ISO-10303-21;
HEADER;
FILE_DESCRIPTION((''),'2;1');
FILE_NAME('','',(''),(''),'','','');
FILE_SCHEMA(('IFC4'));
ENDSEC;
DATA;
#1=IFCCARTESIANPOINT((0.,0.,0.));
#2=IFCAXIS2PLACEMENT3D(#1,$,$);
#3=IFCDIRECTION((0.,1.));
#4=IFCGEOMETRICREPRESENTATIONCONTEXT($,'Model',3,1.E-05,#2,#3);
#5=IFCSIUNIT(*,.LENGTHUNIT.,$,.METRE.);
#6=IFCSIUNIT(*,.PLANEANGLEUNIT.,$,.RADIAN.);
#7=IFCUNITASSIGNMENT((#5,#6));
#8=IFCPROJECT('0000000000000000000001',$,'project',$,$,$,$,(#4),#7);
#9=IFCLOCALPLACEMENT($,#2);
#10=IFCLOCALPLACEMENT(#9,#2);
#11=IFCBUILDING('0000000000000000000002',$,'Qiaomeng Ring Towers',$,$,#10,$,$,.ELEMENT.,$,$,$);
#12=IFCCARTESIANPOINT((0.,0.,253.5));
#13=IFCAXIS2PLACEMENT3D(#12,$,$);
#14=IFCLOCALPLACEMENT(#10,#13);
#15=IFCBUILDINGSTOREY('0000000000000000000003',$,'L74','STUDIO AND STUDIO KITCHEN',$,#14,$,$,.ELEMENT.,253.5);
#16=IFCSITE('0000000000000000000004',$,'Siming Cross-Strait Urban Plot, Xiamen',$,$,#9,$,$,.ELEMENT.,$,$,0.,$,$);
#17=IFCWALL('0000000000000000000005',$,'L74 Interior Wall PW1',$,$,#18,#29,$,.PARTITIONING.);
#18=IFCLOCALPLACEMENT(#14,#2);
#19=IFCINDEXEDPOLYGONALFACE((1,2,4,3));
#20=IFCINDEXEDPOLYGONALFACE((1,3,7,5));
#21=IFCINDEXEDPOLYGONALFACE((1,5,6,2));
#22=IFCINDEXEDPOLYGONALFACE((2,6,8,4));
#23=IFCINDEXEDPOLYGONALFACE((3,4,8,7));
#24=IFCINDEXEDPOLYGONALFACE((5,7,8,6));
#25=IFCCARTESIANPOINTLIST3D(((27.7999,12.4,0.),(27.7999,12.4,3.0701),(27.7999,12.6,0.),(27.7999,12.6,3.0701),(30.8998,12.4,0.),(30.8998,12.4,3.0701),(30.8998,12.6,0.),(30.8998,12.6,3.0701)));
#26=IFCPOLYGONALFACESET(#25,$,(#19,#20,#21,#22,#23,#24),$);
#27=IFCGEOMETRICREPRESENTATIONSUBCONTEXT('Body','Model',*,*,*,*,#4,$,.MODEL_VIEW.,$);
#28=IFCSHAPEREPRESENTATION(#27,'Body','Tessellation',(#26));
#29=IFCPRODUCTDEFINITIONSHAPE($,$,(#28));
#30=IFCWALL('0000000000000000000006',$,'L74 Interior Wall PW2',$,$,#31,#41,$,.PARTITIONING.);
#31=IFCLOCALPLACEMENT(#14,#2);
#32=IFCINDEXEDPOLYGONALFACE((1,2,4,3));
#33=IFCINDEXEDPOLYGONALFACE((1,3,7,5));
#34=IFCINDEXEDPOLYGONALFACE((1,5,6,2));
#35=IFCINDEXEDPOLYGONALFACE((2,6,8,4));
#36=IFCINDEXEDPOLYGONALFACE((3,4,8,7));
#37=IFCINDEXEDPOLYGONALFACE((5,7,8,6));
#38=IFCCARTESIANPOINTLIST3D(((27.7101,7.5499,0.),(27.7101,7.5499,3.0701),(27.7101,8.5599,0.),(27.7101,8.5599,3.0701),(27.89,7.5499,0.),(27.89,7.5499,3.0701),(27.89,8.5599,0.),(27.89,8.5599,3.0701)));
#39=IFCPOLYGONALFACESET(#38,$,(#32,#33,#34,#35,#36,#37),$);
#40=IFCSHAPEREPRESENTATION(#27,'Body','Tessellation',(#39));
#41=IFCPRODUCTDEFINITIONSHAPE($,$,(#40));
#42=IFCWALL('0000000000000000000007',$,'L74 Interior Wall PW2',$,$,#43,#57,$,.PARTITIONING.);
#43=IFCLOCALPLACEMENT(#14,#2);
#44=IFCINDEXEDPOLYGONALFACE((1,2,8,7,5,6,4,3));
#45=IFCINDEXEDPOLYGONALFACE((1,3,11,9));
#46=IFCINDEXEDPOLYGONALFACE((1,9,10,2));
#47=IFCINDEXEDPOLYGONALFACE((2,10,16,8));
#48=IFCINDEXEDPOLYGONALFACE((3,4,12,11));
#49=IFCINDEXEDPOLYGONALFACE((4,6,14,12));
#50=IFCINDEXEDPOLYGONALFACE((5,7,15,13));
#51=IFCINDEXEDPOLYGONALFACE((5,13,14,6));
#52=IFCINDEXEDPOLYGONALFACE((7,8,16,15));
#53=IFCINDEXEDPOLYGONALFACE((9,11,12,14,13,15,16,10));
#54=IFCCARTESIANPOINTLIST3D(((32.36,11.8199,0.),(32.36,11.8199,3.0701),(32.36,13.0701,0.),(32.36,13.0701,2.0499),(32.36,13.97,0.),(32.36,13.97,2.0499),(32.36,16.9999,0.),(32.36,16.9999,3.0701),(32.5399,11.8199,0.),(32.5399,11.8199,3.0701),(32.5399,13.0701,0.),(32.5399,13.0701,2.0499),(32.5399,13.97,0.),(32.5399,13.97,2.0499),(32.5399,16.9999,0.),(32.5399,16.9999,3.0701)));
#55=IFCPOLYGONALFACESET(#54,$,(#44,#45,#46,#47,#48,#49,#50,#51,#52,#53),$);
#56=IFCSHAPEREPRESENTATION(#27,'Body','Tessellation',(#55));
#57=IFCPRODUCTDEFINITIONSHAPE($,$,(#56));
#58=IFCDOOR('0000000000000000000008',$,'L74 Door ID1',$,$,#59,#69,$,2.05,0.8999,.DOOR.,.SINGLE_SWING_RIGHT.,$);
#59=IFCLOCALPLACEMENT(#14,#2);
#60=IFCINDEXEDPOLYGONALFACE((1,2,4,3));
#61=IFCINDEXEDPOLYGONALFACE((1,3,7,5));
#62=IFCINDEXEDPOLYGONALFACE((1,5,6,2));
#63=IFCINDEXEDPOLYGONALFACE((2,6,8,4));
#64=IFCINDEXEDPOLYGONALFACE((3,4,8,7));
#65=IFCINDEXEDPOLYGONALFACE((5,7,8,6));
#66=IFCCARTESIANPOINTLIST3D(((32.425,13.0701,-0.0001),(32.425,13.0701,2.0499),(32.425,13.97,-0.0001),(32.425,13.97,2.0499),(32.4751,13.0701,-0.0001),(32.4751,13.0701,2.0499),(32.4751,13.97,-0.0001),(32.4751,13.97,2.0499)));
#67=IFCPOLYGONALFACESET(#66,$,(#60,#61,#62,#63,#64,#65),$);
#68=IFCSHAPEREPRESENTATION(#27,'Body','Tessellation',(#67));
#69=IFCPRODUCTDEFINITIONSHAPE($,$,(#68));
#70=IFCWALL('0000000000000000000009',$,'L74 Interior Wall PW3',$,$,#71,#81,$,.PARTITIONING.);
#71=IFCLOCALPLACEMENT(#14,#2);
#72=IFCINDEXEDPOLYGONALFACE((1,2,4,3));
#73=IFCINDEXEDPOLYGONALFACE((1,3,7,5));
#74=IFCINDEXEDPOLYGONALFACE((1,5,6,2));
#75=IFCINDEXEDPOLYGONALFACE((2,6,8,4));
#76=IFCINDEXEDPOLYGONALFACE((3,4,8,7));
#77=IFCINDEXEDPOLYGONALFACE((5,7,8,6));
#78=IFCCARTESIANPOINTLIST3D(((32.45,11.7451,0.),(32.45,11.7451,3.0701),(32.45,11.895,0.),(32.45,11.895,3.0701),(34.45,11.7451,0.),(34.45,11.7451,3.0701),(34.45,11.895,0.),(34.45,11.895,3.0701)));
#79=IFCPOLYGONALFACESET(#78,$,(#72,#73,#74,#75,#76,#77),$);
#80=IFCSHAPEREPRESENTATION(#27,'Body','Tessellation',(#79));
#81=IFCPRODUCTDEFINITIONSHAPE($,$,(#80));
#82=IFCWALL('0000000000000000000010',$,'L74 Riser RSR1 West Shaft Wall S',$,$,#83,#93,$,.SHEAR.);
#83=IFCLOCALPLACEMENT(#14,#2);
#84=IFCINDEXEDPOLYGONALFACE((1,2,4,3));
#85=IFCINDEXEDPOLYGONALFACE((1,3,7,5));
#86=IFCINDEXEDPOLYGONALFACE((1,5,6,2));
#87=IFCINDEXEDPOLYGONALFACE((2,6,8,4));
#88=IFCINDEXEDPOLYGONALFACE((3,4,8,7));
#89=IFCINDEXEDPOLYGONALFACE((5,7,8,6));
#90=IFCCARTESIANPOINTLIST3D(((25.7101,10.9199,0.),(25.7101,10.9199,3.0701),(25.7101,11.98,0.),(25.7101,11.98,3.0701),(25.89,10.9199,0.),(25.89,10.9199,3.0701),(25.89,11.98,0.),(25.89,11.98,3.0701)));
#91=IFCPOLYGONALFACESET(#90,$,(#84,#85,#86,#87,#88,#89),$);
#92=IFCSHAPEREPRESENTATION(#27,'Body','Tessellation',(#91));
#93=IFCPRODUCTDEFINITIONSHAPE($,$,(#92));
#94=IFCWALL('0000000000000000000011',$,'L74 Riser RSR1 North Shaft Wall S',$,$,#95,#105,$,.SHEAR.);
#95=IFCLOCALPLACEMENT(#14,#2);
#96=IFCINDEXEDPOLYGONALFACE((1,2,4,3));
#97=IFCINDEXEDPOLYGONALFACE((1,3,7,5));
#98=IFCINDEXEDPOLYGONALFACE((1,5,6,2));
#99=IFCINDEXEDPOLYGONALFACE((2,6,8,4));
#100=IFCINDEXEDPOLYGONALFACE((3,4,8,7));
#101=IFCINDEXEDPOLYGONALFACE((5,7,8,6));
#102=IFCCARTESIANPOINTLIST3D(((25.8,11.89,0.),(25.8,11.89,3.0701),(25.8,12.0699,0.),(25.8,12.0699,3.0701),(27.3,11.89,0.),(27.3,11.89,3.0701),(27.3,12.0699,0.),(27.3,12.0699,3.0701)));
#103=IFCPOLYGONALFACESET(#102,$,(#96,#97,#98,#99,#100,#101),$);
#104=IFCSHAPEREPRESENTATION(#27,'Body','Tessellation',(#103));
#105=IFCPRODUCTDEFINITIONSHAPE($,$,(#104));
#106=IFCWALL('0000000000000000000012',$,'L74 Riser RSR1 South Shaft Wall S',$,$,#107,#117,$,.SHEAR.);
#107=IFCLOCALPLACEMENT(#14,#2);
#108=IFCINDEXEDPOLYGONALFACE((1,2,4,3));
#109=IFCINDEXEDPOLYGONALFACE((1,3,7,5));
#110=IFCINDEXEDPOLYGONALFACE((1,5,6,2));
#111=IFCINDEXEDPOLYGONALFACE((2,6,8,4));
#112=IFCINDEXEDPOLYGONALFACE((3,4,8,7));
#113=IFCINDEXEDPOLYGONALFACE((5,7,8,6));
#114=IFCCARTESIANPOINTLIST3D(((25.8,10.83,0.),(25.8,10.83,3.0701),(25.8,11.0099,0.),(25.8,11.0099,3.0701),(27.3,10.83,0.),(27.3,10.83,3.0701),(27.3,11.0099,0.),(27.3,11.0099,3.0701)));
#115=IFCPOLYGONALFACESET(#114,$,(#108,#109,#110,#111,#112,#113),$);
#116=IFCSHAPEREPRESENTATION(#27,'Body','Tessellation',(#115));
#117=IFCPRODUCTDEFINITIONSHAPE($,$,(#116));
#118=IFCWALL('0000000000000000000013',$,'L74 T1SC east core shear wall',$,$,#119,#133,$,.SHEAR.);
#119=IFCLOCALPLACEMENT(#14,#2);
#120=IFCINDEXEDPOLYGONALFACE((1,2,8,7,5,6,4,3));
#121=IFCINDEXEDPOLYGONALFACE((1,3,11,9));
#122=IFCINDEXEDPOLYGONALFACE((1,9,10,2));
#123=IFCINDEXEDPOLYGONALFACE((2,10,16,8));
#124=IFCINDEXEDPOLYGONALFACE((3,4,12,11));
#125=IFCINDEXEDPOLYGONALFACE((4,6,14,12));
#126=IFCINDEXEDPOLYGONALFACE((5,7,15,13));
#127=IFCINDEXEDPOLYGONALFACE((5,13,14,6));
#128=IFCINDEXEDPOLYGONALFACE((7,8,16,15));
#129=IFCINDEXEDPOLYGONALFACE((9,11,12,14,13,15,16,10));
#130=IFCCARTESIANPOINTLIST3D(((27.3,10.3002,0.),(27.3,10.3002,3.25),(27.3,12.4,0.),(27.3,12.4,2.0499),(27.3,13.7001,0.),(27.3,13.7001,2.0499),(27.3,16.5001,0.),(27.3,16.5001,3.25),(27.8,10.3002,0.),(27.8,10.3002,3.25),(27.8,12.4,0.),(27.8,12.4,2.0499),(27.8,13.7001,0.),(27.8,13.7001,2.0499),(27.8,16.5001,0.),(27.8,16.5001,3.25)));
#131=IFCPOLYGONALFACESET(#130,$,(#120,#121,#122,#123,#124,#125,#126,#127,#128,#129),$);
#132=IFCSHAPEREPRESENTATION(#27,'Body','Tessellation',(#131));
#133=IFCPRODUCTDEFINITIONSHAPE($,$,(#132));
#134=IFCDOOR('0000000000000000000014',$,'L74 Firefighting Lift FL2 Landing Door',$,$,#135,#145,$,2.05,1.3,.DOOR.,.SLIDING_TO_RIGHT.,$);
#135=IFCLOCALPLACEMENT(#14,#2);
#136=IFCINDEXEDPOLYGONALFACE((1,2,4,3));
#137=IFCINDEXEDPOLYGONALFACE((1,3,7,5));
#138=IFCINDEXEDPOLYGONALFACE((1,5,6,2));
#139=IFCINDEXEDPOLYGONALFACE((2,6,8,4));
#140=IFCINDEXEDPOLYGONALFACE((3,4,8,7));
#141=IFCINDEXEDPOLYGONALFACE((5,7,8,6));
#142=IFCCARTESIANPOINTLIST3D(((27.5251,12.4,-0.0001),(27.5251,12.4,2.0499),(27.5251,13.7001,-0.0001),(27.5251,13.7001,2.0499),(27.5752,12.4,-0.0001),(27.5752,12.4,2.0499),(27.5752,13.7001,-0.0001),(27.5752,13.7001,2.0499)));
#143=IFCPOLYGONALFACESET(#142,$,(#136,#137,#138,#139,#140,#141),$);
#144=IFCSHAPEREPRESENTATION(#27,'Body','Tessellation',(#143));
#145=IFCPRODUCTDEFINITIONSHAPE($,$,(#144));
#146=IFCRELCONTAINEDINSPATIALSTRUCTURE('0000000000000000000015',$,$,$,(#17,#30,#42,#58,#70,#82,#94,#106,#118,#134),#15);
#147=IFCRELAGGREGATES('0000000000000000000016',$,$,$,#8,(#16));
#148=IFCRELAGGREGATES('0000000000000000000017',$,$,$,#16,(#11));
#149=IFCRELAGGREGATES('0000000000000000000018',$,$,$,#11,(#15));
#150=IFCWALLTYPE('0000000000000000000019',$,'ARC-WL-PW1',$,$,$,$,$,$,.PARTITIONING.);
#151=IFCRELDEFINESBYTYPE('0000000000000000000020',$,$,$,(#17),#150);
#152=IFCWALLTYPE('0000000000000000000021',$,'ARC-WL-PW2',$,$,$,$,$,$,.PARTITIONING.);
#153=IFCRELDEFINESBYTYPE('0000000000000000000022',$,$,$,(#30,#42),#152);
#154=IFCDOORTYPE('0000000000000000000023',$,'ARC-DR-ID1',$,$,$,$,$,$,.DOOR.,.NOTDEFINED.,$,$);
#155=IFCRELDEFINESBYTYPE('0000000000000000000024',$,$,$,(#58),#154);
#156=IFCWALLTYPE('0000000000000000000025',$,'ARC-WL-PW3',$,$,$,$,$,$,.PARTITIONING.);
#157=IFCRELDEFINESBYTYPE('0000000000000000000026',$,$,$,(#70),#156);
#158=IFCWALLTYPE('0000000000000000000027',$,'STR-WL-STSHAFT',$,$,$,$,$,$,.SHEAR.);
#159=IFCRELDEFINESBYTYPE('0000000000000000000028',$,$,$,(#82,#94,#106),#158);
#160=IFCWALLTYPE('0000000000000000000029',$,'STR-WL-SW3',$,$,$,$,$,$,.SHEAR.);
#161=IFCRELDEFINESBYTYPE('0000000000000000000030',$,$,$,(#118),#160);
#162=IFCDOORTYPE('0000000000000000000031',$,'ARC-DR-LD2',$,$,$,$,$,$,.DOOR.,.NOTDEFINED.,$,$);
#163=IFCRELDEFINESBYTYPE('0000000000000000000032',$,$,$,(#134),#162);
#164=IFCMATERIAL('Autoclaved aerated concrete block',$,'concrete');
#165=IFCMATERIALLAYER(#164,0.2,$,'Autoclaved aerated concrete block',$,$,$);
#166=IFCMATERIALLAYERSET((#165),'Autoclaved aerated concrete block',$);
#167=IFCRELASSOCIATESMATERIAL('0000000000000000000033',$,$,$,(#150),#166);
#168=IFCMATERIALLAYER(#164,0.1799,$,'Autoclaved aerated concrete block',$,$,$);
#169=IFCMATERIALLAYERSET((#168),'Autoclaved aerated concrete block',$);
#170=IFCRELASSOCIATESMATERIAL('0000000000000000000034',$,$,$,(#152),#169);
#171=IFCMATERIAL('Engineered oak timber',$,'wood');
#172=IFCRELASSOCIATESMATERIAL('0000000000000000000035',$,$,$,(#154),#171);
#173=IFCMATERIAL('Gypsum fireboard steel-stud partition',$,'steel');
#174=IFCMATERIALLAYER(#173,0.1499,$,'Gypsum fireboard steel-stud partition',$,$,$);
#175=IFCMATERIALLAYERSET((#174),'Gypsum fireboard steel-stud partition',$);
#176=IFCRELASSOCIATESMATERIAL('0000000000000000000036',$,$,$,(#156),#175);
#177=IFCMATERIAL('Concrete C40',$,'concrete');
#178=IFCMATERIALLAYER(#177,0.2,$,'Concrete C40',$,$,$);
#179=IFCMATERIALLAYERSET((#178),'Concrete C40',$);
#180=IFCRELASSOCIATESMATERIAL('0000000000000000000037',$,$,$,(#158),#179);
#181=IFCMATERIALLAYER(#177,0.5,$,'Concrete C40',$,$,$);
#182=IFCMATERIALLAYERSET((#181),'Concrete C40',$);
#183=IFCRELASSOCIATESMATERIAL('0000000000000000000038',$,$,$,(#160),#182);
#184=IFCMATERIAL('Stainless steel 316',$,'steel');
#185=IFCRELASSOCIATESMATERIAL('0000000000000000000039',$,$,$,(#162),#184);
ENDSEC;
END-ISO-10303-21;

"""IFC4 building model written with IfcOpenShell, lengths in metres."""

from ifc_helpers import new_model, si_unit, direction, frame, frame_2d, origin, place, context, subcontext, project, spatial, rectangle, extrude, source, transform, mapped, material, layer, layer_set, type_object, element, fill, save


model = new_model("IFC4")

# Units and contexts
model_context = context("Model", 3, precision=1e-05, world=origin(), true_north=direction((0.0, 1.0)))
body_context = subcontext(model_context, "Body", "Model", "MODEL_VIEW")
ifc_project = project(units=[si_unit("LENGTHUNIT", "METRE"), si_unit("PLANEANGLEUNIT", "RADIAN")], contexts=[model_context])

# Site, building, storey
site_placement = place(None, origin())
site = spatial("IfcSite", under=ifc_project, at=site_placement, Name="Siming Cross-Strait Urban Plot, Xiamen", CompositionType="ELEMENT", RefElevation=0.0)
building_placement = place(site_placement, origin())
building = spatial("IfcBuilding", under=site, at=building_placement, Name="Qiaomeng Ring Towers", CompositionType="ELEMENT")
storey_placement = place(building_placement, frame((0.0, 0.0, 253.5)))
storey = spatial("IfcBuildingStorey", under=building, at=storey_placement, Name="L74", Description="STUDIO AND STUDIO KITCHEN", CompositionType="ELEMENT", Elevation=253.5)

# Shared definitions
ifc_material_1 = material(Name="Concrete C40", Category="concrete")

# Walls
ifc_material_2 = material(Name="Autoclaved aerated concrete block", Category="concrete")
ifc_layer_1 = layer(ifc_material_2, 0.2, Name="Autoclaved aerated concrete block")
ifc_layer_set_1 = layer_set([ifc_layer_1], Name="Autoclaved aerated concrete block")
wall_type_1 = type_object("IfcWallType", Name="ARC-WL-PW1", PredefinedType="PARTITIONING", material=ifc_layer_set_1)
wall_1_placement = place(storey_placement, frame((27.8, 12.5, 0.0), z_axis=(0.0, 0.0, 1.0), x_axis=(1.0, 0.0, 0.0)))
element("IfcWall", 1, at=wall_1_placement, inside=storey, type_object=wall_type_1, Name="L74 Interior Wall PW1", PredefinedType="PARTITIONING", context=body_context, shape_type="SweptSolid", body=[
    extrude(rectangle(XDim=3.0999, YDim=0.2, at=frame_2d((1.5498, 0.0))), origin(), (0.0, 0.0, 1.0), 3.0701),
])
ifc_layer_2 = layer(ifc_material_2, 0.1799, Name="Autoclaved aerated concrete block")
ifc_layer_set_2 = layer_set([ifc_layer_2], Name="Autoclaved aerated concrete block")
wall_type_2 = type_object("IfcWallType", Name="ARC-WL-PW2", PredefinedType="PARTITIONING", material=ifc_layer_set_2)
wall_2_placement = place(storey_placement, frame((27.8, 7.55, 0.0), z_axis=(0.0, 0.0, 1.0), x_axis=(0.0, 1.0, 0.0)))
element("IfcWall", 2, at=wall_2_placement, inside=storey, type_object=wall_type_2, Name="L74 Interior Wall PW2", PredefinedType="PARTITIONING", context=body_context, shape_type="SweptSolid", body=[
    extrude(rectangle(XDim=1.01, YDim=0.1799, at=frame_2d((0.5049, 0.0))), origin(), (0.0, 0.0, 1.0), 3.0701),
])

# Wall, opening, door
wall_3_placement = place(storey_placement, frame((32.45, 11.8201, 0.0), z_axis=(0.0, 0.0, 1.0), x_axis=(0.0, 1.0, 0.0)))
wall_3 = element("IfcWall", 3, at=wall_3_placement, inside=storey, type_object=wall_type_2, Name="L74 Interior Wall PW2", PredefinedType="PARTITIONING", context=body_context, shape_type="SweptSolid", body=[
    extrude(rectangle(XDim=5.1799, YDim=0.1799, at=frame_2d((2.5898, 0.0))), origin(), (0.0, 0.0, 1.0), 3.0701),
])
opening_1_placement = place(wall_3_placement, frame((1.25, 0.0, 0.0)))
opening_1 = element("IfcOpeningElement", 4, at=opening_1_placement, cuts=wall_3, PredefinedType="OPENING", context=body_context, shape_type="SweptSolid", body=[
    extrude(rectangle(XDim=0.8999, YDim=2.05, at=frame_2d((0.45, 1.0249))), frame((0.0, 0.0999, 0.0), z_axis=(0.0, -1.0, 0.0), x_axis=(1.0, 0.0, 0.0)), (0.0, 0.0, 1.0), 0.2),
])
ifc_material_3 = material(Name="Engineered oak timber", Category="wood")
door_type_1 = type_object("IfcDoorType", Name="ARC-DR-ID1", OperationType="NOTDEFINED", PredefinedType="DOOR", material=ifc_material_3)
shared_shape_1 = source(origin(), body_context, "Body", "SweptSolid", [
    extrude(rectangle(XDim=0.8999, YDim=2.05, at=frame_2d((0.45, 1.0249))), frame((0.0, 0.0249, 0.0), z_axis=(0.0, -1.0, 0.0), x_axis=(1.0, 0.0, 0.0)), (0.0, 0.0, 1.0), 0.05),
])
door_1_placement = place(opening_1_placement, origin())
door_1 = element("IfcDoor", 5, at=door_1_placement, inside=storey, type_object=door_type_1, Name="L74 Door ID1", OperationType="SINGLE_SWING_RIGHT", OverallHeight=2.05, OverallWidth=0.8999, PredefinedType="DOOR", context=body_context, shape_type="MappedRepresentation", body=[
    mapped(shared_shape_1, transform((0.0, 0.0, 0.0), x_axis=(1.0, 0.0, 0.0), y_axis=(0.0, 1.0, 0.0), z_axis=(0.0, 0.0, 1.0), scale=1.0)),
])
fill(opening_1, door_1)

# Walls
ifc_material_4 = material(Name="Gypsum fireboard steel-stud partition", Category="steel")
ifc_layer_3 = layer(ifc_material_4, 0.1499, Name="Gypsum fireboard steel-stud partition")
ifc_layer_set_3 = layer_set([ifc_layer_3], Name="Gypsum fireboard steel-stud partition")
wall_type_3 = type_object("IfcWallType", Name="ARC-WL-PW3", PredefinedType="PARTITIONING", material=ifc_layer_set_3)
wall_4_placement = place(storey_placement, frame((32.45, 11.8201, 0.0), z_axis=(0.0, 0.0, 1.0), x_axis=(1.0, 0.0, 0.0)))
element("IfcWall", 6, at=wall_4_placement, inside=storey, type_object=wall_type_3, Name="L74 Interior Wall PW3", PredefinedType="PARTITIONING", context=body_context, shape_type="SweptSolid", body=[
    extrude(rectangle(XDim=2.0, YDim=0.1499, at=frame_2d((1.0, 0.0))), origin(), (0.0, 0.0, 1.0), 3.0701),
])
ifc_layer_4 = layer(ifc_material_1, 0.2, Name="Concrete C40")
ifc_layer_set_4 = layer_set([ifc_layer_4], Name="Concrete C40")
wall_type_4 = type_object("IfcWallType", Name="STR-WL-STSHAFT", PredefinedType="SHEAR", material=ifc_layer_set_4)
wall_5_placement = place(storey_placement, frame((25.8, 10.9199, 0.0), z_axis=(0.0, 0.0, 1.0), x_axis=(0.0, 1.0, 0.0)))
element("IfcWall", 7, at=wall_5_placement, inside=storey, type_object=wall_type_4, Name="L74 Riser RSR1 West Shaft Wall S", PredefinedType="SHEAR", context=body_context, shape_type="SweptSolid", body=[
    extrude(rectangle(XDim=1.0601, YDim=0.1799, at=frame_2d((0.53, 0.0))), origin(), (0.0, 0.0, 1.0), 3.0701),
])
for number, where, z_axis, x_axis, name in (
    (8, (25.8, 11.98, 0.0), (0.0, 0.0, 1.0), (1.0, 0.0, 0.0), "L74 Riser RSR1 North Shaft Wall S"),
    (9, (25.8, 10.9199, 0.0), (0.0, 0.0, 1.0), (1.0, 0.0, 0.0), "L74 Riser RSR1 South Shaft Wall S"),
):
    element("IfcWall", number, at=place(storey_placement, frame(where, z_axis=z_axis, x_axis=x_axis)), inside=storey, type_object=wall_type_4, Name=name, PredefinedType="SHEAR", context=body_context, shape_type="SweptSolid", body=[
        extrude(rectangle(XDim=1.5, YDim=0.1799, at=frame_2d((0.75, 0.0))), origin(), (0.0, 0.0, 1.0), 3.0701),
    ])

# Wall, opening, door
ifc_layer_5 = layer(ifc_material_1, 0.5, Name="Concrete C40")
ifc_layer_set_5 = layer_set([ifc_layer_5], Name="Concrete C40")
wall_type_5 = type_object("IfcWallType", Name="STR-WL-SW3", PredefinedType="SHEAR", material=ifc_layer_set_5)
wall_6_placement = place(storey_placement, frame((27.55, 10.3, 0.0), z_axis=(0.0, 0.0, 1.0), x_axis=(0.0, 1.0, 0.0)))
wall_6 = element("IfcWall", 10, at=wall_6_placement, inside=storey, type_object=wall_type_5, Name="L74 T1SC east core shear wall", PredefinedType="SHEAR", context=body_context, shape_type="SweptSolid", body=[
    extrude(rectangle(XDim=6.2, YDim=0.5, at=frame_2d((3.1001, 0.0))), origin(), (0.0, 0.0, 1.0), 3.25),
])
opening_2_placement = place(wall_6_placement, frame((2.1001, 0.0, 0.0)))
opening_2 = element("IfcOpeningElement", 11, at=opening_2_placement, cuts=wall_6, PredefinedType="OPENING", context=body_context, shape_type="SweptSolid", body=[
    extrude(rectangle(XDim=1.3, YDim=2.05, at=frame_2d((0.6499, 1.0249))), frame((0.0, 0.26, 0.0), z_axis=(0.0, -1.0, 0.0), x_axis=(1.0, 0.0, 0.0)), (0.0, 0.0, 1.0), 0.52),
])
ifc_material_5 = material(Name="Stainless steel 316", Category="steel")
door_type_2 = type_object("IfcDoorType", Name="ARC-DR-LD2", OperationType="NOTDEFINED", PredefinedType="DOOR", material=ifc_material_5)
shared_shape_2 = source(origin(), body_context, "Body", "SweptSolid", [
    extrude(rectangle(XDim=1.3, YDim=2.05, at=frame_2d((0.6499, 1.0249))), frame((0.0, 0.0249, 0.0), z_axis=(0.0, -1.0, 0.0), x_axis=(1.0, 0.0, 0.0)), (0.0, 0.0, 1.0), 0.05),
])
door_2_placement = place(opening_2_placement, origin())
door_2 = element("IfcDoor", 12, at=door_2_placement, inside=storey, type_object=door_type_2, Name="L74 Firefighting Lift FL2 Landing Door", OperationType="SLIDING_TO_RIGHT", OverallHeight=2.05, OverallWidth=1.3, PredefinedType="DOOR", context=body_context, shape_type="MappedRepresentation", body=[
    mapped(shared_shape_2, transform((0.0, 0.0, 0.0), x_axis=(1.0, 0.0, 0.0), y_axis=(0.0, 1.0, 0.0), z_axis=(0.0, 0.0, 1.0), scale=1.0)),
])
fill(opening_2, door_2)

save(model, "model.ifc")
